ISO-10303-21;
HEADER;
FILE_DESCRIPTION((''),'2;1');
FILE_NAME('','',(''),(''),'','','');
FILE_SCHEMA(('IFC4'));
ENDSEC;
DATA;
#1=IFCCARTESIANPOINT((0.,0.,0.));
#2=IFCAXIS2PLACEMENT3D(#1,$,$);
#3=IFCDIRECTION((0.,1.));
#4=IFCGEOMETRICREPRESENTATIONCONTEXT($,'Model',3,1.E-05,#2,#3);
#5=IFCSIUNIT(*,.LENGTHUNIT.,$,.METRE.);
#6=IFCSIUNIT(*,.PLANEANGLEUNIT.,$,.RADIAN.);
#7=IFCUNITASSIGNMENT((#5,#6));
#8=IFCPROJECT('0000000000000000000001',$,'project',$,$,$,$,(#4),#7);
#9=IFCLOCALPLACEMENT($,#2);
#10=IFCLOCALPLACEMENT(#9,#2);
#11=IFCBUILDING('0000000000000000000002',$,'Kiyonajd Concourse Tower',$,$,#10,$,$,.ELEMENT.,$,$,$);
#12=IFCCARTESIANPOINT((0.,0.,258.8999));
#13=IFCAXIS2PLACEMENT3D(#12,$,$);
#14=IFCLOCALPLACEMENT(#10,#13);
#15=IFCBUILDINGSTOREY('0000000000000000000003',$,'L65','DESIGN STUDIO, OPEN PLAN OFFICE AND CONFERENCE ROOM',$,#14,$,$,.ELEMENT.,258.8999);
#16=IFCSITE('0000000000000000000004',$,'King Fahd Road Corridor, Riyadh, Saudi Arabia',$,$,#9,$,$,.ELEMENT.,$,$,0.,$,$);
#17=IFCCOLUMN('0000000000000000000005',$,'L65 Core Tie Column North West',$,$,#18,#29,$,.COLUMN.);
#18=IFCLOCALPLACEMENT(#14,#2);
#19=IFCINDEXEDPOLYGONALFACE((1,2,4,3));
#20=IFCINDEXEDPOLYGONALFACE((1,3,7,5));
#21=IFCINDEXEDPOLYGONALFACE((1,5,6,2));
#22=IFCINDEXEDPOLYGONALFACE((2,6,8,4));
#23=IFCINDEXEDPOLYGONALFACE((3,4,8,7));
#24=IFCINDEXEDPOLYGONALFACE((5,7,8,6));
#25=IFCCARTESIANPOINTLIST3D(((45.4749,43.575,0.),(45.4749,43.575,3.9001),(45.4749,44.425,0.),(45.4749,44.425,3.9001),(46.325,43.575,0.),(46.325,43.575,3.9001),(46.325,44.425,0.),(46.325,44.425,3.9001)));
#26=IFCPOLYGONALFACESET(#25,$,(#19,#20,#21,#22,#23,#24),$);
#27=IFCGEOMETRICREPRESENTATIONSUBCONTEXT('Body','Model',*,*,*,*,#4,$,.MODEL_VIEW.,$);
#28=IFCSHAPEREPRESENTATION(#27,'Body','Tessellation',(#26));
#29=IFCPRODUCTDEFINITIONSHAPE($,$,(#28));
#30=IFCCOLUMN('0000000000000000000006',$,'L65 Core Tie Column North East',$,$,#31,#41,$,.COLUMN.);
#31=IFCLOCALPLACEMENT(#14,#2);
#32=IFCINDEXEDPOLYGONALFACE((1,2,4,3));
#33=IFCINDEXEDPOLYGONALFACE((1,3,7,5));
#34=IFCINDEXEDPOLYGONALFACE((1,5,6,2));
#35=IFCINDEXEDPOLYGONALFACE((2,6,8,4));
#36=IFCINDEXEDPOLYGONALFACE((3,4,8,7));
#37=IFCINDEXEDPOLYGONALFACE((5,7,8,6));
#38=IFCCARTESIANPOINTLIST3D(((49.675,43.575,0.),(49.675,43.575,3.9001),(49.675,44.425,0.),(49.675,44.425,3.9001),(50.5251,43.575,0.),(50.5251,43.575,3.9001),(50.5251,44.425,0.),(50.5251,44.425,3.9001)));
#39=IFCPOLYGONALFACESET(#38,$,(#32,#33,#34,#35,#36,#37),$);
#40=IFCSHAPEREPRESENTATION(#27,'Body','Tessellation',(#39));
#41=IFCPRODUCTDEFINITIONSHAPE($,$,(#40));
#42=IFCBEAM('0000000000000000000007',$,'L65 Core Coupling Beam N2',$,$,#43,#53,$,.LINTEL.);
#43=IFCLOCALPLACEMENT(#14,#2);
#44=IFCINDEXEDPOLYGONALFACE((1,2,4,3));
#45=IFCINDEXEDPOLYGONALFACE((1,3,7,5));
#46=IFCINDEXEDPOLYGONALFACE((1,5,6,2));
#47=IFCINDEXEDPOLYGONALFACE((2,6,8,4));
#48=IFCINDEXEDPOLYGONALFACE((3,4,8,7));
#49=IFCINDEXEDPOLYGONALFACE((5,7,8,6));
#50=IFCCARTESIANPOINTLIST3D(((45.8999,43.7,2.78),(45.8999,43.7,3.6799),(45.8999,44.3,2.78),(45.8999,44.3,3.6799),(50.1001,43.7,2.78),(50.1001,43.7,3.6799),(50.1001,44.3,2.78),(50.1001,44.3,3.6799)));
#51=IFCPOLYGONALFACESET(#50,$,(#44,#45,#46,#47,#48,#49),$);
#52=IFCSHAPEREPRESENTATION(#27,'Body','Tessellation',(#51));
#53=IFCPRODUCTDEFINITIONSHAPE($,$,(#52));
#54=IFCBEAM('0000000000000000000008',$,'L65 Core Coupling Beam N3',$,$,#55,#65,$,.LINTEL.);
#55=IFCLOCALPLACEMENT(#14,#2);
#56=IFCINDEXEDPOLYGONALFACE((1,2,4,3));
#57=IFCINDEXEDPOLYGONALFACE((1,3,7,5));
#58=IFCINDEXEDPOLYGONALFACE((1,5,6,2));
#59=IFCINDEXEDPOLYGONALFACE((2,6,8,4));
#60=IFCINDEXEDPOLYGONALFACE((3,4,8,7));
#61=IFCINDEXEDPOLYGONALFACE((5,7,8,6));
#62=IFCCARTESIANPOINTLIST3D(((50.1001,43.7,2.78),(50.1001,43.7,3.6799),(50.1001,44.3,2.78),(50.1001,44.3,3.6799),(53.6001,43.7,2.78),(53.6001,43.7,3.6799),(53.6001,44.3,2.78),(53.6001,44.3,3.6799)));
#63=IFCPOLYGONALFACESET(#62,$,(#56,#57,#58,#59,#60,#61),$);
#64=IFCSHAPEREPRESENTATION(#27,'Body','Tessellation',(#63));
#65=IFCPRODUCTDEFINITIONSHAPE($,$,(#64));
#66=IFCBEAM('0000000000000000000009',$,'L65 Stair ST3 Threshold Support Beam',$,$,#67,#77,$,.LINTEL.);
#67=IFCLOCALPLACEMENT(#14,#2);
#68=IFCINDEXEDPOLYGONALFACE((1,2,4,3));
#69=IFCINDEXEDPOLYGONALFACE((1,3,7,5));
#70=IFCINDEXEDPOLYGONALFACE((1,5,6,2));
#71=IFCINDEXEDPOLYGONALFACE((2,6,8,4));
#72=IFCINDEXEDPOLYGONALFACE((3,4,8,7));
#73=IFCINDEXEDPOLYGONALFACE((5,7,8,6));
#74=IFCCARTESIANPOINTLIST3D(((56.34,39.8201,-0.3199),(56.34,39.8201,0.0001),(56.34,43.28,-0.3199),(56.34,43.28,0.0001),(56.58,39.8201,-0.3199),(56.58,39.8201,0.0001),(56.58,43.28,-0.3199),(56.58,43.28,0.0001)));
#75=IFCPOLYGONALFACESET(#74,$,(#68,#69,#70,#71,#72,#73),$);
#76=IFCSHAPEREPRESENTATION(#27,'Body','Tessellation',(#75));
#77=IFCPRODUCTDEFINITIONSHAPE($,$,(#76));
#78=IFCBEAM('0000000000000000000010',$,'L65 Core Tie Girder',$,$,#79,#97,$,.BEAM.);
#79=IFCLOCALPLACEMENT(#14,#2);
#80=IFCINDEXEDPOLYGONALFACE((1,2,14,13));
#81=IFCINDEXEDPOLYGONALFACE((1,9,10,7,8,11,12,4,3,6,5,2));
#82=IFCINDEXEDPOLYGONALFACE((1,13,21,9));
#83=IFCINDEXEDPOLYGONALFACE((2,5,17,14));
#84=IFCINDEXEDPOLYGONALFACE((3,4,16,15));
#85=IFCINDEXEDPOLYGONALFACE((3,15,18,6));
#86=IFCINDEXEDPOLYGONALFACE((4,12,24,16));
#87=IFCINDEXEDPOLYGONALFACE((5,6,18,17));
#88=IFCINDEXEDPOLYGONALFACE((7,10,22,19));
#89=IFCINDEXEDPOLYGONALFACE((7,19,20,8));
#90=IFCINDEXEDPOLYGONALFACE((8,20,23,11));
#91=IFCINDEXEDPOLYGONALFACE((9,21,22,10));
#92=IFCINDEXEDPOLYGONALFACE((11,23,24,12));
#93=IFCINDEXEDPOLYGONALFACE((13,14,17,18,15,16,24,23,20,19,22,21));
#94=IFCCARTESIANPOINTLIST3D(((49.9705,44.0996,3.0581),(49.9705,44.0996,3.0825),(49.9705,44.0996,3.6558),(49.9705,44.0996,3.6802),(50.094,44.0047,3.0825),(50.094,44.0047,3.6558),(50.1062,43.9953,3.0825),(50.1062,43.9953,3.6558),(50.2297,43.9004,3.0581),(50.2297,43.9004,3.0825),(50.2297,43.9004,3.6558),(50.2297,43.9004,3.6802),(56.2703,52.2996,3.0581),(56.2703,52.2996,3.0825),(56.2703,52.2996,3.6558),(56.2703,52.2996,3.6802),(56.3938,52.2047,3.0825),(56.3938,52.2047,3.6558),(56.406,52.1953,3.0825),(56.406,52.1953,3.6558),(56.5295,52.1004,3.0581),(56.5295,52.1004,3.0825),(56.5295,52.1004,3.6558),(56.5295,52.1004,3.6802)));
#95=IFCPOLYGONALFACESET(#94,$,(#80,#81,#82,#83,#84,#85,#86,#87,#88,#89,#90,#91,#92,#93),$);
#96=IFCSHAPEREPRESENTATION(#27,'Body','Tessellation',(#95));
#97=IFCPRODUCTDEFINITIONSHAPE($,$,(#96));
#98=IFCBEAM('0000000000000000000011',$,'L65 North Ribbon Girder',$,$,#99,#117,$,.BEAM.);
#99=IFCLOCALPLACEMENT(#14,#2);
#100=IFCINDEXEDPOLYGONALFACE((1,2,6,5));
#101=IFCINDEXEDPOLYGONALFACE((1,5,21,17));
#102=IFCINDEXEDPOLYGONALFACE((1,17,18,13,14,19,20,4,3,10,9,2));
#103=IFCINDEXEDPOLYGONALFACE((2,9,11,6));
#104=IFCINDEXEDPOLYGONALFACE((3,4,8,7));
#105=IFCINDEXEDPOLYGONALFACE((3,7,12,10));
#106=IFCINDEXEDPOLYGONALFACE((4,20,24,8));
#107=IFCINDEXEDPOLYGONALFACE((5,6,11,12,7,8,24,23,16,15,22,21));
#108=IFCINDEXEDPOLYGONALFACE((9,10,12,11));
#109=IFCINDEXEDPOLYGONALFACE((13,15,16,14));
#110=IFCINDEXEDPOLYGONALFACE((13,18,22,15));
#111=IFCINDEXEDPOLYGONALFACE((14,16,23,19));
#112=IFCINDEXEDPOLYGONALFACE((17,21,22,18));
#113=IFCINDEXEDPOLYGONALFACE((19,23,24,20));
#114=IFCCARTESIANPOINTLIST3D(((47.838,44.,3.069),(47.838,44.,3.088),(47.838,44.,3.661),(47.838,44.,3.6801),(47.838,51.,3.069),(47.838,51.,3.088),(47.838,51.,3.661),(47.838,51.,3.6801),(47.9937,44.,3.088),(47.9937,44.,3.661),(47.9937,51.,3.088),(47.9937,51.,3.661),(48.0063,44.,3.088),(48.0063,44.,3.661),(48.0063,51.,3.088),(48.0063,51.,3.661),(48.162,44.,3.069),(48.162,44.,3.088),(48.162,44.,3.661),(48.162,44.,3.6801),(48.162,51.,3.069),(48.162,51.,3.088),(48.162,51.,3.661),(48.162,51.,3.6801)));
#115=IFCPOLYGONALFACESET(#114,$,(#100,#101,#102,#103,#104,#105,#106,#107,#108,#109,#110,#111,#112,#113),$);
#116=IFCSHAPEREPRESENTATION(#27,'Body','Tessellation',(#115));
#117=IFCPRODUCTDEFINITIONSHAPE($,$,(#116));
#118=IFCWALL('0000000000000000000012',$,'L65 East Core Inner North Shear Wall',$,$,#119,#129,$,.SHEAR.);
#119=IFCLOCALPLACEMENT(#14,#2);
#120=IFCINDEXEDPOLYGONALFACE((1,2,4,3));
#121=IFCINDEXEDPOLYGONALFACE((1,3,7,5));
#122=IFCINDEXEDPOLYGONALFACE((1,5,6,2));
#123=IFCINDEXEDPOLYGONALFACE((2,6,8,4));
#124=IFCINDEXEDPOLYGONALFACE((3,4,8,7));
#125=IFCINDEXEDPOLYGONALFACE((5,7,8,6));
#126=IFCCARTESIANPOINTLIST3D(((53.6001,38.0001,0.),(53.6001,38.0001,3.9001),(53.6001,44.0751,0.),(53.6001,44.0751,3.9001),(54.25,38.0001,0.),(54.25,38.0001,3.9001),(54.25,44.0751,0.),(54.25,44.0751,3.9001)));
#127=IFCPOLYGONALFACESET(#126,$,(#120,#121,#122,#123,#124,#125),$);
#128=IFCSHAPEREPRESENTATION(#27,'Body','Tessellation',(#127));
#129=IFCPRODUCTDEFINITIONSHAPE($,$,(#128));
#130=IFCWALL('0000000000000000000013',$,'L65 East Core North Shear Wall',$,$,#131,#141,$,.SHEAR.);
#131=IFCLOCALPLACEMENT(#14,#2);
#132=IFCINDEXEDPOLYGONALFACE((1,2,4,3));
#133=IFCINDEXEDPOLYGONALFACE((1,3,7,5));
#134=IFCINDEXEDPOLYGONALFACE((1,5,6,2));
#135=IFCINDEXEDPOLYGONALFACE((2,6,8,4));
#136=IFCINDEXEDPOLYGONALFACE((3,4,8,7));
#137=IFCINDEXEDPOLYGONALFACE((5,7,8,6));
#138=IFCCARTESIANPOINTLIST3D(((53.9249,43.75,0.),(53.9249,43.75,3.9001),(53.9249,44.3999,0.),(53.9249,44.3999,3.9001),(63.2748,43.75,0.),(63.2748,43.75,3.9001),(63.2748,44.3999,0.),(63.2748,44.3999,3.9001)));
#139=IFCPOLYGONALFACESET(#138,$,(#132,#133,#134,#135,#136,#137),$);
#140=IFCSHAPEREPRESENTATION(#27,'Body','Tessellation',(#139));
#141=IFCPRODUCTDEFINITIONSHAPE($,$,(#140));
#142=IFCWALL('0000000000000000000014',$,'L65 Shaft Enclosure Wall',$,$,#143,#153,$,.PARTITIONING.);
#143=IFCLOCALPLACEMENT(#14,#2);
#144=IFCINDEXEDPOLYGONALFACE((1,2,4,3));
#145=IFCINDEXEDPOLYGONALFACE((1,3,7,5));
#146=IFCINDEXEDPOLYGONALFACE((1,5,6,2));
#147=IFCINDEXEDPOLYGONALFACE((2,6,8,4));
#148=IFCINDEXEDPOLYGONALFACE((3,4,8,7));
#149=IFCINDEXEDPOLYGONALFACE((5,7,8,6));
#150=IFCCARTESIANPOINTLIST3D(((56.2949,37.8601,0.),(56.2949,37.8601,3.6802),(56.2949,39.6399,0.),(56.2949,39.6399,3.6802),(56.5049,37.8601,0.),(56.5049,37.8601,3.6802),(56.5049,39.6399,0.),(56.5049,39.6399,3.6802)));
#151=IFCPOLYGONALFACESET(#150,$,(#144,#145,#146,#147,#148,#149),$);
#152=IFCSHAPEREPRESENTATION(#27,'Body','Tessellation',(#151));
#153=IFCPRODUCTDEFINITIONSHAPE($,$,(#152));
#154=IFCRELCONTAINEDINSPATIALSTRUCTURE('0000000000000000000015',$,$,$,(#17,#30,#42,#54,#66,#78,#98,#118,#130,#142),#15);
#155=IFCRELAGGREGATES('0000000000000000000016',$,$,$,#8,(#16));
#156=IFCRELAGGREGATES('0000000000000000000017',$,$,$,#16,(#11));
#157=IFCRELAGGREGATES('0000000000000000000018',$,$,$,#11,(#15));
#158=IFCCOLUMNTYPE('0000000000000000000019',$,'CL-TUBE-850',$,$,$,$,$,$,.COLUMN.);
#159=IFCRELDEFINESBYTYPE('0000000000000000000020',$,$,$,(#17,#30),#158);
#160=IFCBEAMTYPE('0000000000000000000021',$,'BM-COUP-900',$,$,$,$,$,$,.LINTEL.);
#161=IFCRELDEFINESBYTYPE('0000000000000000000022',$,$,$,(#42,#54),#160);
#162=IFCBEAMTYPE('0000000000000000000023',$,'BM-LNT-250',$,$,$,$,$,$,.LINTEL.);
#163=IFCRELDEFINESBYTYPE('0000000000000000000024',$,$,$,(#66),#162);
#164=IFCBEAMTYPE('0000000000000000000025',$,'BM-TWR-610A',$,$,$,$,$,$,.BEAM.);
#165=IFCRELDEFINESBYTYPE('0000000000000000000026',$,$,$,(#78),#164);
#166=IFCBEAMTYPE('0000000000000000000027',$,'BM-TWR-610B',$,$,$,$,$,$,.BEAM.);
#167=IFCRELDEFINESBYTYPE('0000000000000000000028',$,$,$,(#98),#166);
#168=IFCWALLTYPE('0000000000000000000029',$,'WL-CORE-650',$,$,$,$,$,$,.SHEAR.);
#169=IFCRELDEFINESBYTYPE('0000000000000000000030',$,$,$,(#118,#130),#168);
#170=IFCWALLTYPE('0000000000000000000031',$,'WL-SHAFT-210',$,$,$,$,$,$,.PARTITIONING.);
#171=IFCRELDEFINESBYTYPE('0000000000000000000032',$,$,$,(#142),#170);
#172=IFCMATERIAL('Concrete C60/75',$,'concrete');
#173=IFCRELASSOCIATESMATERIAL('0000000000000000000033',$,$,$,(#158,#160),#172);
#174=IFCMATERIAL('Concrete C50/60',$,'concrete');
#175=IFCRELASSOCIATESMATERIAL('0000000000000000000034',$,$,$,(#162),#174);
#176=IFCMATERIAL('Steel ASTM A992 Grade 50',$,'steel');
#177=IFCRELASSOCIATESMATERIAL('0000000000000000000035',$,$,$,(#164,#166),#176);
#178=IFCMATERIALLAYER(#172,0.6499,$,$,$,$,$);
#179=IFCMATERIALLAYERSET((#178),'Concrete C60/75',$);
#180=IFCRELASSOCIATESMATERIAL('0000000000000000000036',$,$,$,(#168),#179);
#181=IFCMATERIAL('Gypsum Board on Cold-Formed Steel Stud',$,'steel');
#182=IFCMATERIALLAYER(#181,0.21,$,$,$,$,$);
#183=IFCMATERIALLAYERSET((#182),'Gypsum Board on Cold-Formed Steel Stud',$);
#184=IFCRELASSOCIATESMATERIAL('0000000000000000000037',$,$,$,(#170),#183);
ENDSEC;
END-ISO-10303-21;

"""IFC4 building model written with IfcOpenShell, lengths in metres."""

from ifc_helpers import new_model, si_unit, direction, frame, frame_2d, origin, origin_2d, place, context, subcontext, project, spatial, rectangle, i_section, extrude, material, layer, layer_set, material_profile, profile_set, type_object, element, save


model = new_model("IFC4")

# Units and contexts
model_context = context("Model", 3, precision=1e-05, world=origin(), true_north=direction((0.0, 1.0)))
body_context = subcontext(model_context, "Body", "Model", "MODEL_VIEW")
ifc_project = project(units=[si_unit("LENGTHUNIT", "METRE"), si_unit("PLANEANGLEUNIT", "RADIAN")], contexts=[model_context])

# Site, building, storey
site_placement = place(None, origin())
site = spatial("IfcSite", under=ifc_project, at=site_placement, Name="King Fahd Road Corridor, Riyadh, Saudi Arabia", CompositionType="ELEMENT", RefElevation=0.0)
building_placement = place(site_placement, origin())
building = spatial("IfcBuilding", under=site, at=building_placement, Name="Kiyonajd Concourse Tower", CompositionType="ELEMENT")
storey_placement = place(building_placement, frame((0.0, 0.0, 258.8999)))
storey = spatial("IfcBuildingStorey", under=building, at=storey_placement, Name="L65", Description="DESIGN STUDIO, OPEN PLAN OFFICE AND CONFERENCE ROOM", CompositionType="ELEMENT", Elevation=258.8999)

# Columns
ifc_material_1 = material(Name="Concrete C60/75", Category="concrete")
ifc_material_profile_1 = material_profile(ifc_material_1, rectangle(XDim=0.8501, YDim=0.8501, at=origin_2d()), Name="RC-850x850")
ifc_profile_set_1 = profile_set([ifc_material_profile_1], Name="Concrete C60/75")
column_type = type_object("IfcColumnType", Name="CL-TUBE-850", PredefinedType="COLUMN", material=ifc_profile_set_1)
for number, where, z_axis, x_axis, name in (
    (1, (45.8999, 44.0, 0.0), (0.0, 0.0, 1.0), (1.0, 0.0, 0.0), "L65 Core Tie Column North West"),
    (2, (50.1001, 44.0, 0.0), (0.0, 0.0, 1.0), (1.0, 0.0, 0.0), "L65 Core Tie Column North East"),
):
    element("IfcColumn", number, at=place(storey_placement, frame(where, z_axis=z_axis, x_axis=x_axis)), inside=storey, type_object=column_type, Name=name, PredefinedType="COLUMN", context=body_context, shape_type="SweptSolid", body=[
        extrude(rectangle(XDim=0.8501, YDim=0.8501, at=origin_2d()), origin(), (0.0, 0.0, 1.0), 3.9001),
    ])

# Beams
ifc_material_profile_2 = material_profile(ifc_material_1, rectangle(XDim=0.6001, YDim=0.8999, at=origin_2d()), Name="RCBM-600x900")
ifc_profile_set_2 = profile_set([ifc_material_profile_2], Name="Concrete C60/75")
beam_type_1 = type_object("IfcBeamType", Name="BM-COUP-900", PredefinedType="LINTEL", material=ifc_profile_set_2)
beam_1_placement = place(storey_placement, frame((45.8999, 44.0, 3.23), z_axis=(1.0, 0.0, 0.0), x_axis=(0.0, 1.0, 0.0)))
element("IfcBeam", 3, at=beam_1_placement, inside=storey, type_object=beam_type_1, Name="L65 Core Coupling Beam N2", PredefinedType="LINTEL", context=body_context, shape_type="SweptSolid", body=[
    extrude(rectangle(XDim=0.6001, YDim=0.8999, at=origin_2d()), origin(), (0.0, 0.0, 1.0), 4.2002),
])
beam_2_placement = place(storey_placement, frame((50.1001, 44.0, 3.23), z_axis=(1.0, 0.0, 0.0), x_axis=(0.0, 1.0, 0.0)))
element("IfcBeam", 4, at=beam_2_placement, inside=storey, type_object=beam_type_1, Name="L65 Core Coupling Beam N3", PredefinedType="LINTEL", context=body_context, shape_type="SweptSolid", body=[
    extrude(rectangle(XDim=0.6001, YDim=0.8999, at=origin_2d()), origin(), (0.0, 0.0, 1.0), 3.5),
])
ifc_material_2 = material(Name="Concrete C50/60", Category="concrete")
ifc_material_profile_3 = material_profile(ifc_material_2, rectangle(XDim=0.24, YDim=0.3201, at=origin_2d()), Name="RCBM-240x320")
ifc_profile_set_3 = profile_set([ifc_material_profile_3], Name="Concrete C50/60")
beam_type_2 = type_object("IfcBeamType", Name="BM-LNT-250", PredefinedType="LINTEL", material=ifc_profile_set_3)
beam_3_placement = place(storey_placement, frame((56.46, 39.8201, -0.1599), z_axis=(0.0, 1.0, 0.0), x_axis=(-1.0, 0.0, 0.0)))
element("IfcBeam", 5, at=beam_3_placement, inside=storey, type_object=beam_type_2, Name="L65 Stair ST3 Threshold Support Beam", PredefinedType="LINTEL", context=body_context, shape_type="SweptSolid", body=[
    extrude(rectangle(XDim=0.24, YDim=0.3201, at=origin_2d()), origin(), (0.0, 0.0, 1.0), 3.46),
])
ifc_material_3 = material(Name="Steel ASTM A992 Grade 50", Category="steel")
ifc_material_profile_4 = material_profile(ifc_material_3, i_section(OverallWidth=0.3269, OverallDepth=0.6221, WebThickness=0.0154, FlangeThickness=0.0244, at=origin_2d()), Name="W610X195")
ifc_profile_set_4 = profile_set([ifc_material_profile_4], Name="Steel ASTM A992 Grade 50")
beam_type_3 = type_object("IfcBeamType", Name="BM-TWR-610A", PredefinedType="BEAM", material=ifc_profile_set_4)
beam_4_placement = place(storey_placement, frame((50.1001, 44.0, 3.3691), z_axis=(0.609234, 0.792991, 0.0), x_axis=(-0.792991, 0.609234, 0.0)))
element("IfcBeam", 6, at=beam_4_placement, inside=storey, type_object=beam_type_3, Name="L65 Core Tie Girder", PredefinedType="BEAM", context=body_context, shape_type="SweptSolid", body=[
    extrude(i_section(OverallWidth=0.3269, OverallDepth=0.6221, WebThickness=0.0154, FlangeThickness=0.0244, at=origin_2d()), origin(), (0.0, 0.0, 1.0), 10.3406),
])
ifc_material_profile_5 = material_profile(ifc_material_3, i_section(OverallWidth=0.324, OverallDepth=0.6111, WebThickness=0.0127, FlangeThickness=0.019, at=origin_2d()), Name="W610X155")
ifc_profile_set_5 = profile_set([ifc_material_profile_5], Name="Steel ASTM A992 Grade 50")
beam_type_4 = type_object("IfcBeamType", Name="BM-TWR-610B", PredefinedType="BEAM", material=ifc_profile_set_5)
beam_5_placement = place(storey_placement, frame((48.0, 44.0, 3.3745), z_axis=(0.0, 1.0, 0.0), x_axis=(-1.0, 0.0, 0.0)))
element("IfcBeam", 7, at=beam_5_placement, inside=storey, type_object=beam_type_4, Name="L65 North Ribbon Girder", PredefinedType="BEAM", context=body_context, shape_type="SweptSolid", body=[
    extrude(i_section(OverallWidth=0.324, OverallDepth=0.6111, WebThickness=0.0127, FlangeThickness=0.019, at=origin_2d()), origin(), (0.0, 0.0, 1.0), 7.0),
])

# Walls
ifc_layer_1 = layer(ifc_material_1, 0.6499)
ifc_layer_set_1 = layer_set([ifc_layer_1], Name="Concrete C60/75")
wall_type_1 = type_object("IfcWallType", Name="WL-CORE-650", PredefinedType="SHEAR", material=ifc_layer_set_1)
wall_1_placement = place(storey_placement, frame((53.925, 38.0, 0.0), z_axis=(0.0, 0.0, 1.0), x_axis=(0.0, 1.0, 0.0)))
element("IfcWall", 8, at=wall_1_placement, inside=storey, type_object=wall_type_1, Name="L65 East Core Inner North Shear Wall", PredefinedType="SHEAR", context=body_context, shape_type="SweptSolid", body=[
    extrude(rectangle(XDim=6.075, YDim=0.6499, at=frame_2d((3.0376, 0.0))), origin(), (0.0, 0.0, 1.0), 3.9001),
])
wall_2_placement = place(storey_placement, frame((53.925, 44.075, 0.0), z_axis=(0.0, 0.0, 1.0), x_axis=(1.0, 0.0, 0.0)))
element("IfcWall", 9, at=wall_2_placement, inside=storey, type_object=wall_type_1, Name="L65 East Core North Shear Wall", PredefinedType="SHEAR", context=body_context, shape_type="SweptSolid", body=[
    extrude(rectangle(XDim=9.3499, YDim=0.6499, at=frame_2d((4.6748, 0.0))), origin(), (0.0, 0.0, 1.0), 3.9001),
])
ifc_material_4 = material(Name="Gypsum Board on Cold-Formed Steel Stud", Category="steel")
ifc_layer_2 = layer(ifc_material_4, 0.21)
ifc_layer_set_2 = layer_set([ifc_layer_2], Name="Gypsum Board on Cold-Formed Steel Stud")
wall_type_2 = type_object("IfcWallType", Name="WL-SHAFT-210", PredefinedType="PARTITIONING", material=ifc_layer_set_2)
wall_3_placement = place(storey_placement, frame((56.3999, 37.8601, 0.0), z_axis=(0.0, 0.0, 1.0), x_axis=(0.0, 1.0, 0.0)))
element("IfcWall", 10, at=wall_3_placement, inside=storey, type_object=wall_type_2, Name="L65 Shaft Enclosure Wall", PredefinedType="PARTITIONING", context=body_context, shape_type="SweptSolid", body=[
    extrude(rectangle(XDim=1.7798, YDim=0.21, at=frame_2d((0.8899, 0.0))), origin(), (0.0, 0.0, 1.0), 3.6802),
])

save(model, "model.ifc")
